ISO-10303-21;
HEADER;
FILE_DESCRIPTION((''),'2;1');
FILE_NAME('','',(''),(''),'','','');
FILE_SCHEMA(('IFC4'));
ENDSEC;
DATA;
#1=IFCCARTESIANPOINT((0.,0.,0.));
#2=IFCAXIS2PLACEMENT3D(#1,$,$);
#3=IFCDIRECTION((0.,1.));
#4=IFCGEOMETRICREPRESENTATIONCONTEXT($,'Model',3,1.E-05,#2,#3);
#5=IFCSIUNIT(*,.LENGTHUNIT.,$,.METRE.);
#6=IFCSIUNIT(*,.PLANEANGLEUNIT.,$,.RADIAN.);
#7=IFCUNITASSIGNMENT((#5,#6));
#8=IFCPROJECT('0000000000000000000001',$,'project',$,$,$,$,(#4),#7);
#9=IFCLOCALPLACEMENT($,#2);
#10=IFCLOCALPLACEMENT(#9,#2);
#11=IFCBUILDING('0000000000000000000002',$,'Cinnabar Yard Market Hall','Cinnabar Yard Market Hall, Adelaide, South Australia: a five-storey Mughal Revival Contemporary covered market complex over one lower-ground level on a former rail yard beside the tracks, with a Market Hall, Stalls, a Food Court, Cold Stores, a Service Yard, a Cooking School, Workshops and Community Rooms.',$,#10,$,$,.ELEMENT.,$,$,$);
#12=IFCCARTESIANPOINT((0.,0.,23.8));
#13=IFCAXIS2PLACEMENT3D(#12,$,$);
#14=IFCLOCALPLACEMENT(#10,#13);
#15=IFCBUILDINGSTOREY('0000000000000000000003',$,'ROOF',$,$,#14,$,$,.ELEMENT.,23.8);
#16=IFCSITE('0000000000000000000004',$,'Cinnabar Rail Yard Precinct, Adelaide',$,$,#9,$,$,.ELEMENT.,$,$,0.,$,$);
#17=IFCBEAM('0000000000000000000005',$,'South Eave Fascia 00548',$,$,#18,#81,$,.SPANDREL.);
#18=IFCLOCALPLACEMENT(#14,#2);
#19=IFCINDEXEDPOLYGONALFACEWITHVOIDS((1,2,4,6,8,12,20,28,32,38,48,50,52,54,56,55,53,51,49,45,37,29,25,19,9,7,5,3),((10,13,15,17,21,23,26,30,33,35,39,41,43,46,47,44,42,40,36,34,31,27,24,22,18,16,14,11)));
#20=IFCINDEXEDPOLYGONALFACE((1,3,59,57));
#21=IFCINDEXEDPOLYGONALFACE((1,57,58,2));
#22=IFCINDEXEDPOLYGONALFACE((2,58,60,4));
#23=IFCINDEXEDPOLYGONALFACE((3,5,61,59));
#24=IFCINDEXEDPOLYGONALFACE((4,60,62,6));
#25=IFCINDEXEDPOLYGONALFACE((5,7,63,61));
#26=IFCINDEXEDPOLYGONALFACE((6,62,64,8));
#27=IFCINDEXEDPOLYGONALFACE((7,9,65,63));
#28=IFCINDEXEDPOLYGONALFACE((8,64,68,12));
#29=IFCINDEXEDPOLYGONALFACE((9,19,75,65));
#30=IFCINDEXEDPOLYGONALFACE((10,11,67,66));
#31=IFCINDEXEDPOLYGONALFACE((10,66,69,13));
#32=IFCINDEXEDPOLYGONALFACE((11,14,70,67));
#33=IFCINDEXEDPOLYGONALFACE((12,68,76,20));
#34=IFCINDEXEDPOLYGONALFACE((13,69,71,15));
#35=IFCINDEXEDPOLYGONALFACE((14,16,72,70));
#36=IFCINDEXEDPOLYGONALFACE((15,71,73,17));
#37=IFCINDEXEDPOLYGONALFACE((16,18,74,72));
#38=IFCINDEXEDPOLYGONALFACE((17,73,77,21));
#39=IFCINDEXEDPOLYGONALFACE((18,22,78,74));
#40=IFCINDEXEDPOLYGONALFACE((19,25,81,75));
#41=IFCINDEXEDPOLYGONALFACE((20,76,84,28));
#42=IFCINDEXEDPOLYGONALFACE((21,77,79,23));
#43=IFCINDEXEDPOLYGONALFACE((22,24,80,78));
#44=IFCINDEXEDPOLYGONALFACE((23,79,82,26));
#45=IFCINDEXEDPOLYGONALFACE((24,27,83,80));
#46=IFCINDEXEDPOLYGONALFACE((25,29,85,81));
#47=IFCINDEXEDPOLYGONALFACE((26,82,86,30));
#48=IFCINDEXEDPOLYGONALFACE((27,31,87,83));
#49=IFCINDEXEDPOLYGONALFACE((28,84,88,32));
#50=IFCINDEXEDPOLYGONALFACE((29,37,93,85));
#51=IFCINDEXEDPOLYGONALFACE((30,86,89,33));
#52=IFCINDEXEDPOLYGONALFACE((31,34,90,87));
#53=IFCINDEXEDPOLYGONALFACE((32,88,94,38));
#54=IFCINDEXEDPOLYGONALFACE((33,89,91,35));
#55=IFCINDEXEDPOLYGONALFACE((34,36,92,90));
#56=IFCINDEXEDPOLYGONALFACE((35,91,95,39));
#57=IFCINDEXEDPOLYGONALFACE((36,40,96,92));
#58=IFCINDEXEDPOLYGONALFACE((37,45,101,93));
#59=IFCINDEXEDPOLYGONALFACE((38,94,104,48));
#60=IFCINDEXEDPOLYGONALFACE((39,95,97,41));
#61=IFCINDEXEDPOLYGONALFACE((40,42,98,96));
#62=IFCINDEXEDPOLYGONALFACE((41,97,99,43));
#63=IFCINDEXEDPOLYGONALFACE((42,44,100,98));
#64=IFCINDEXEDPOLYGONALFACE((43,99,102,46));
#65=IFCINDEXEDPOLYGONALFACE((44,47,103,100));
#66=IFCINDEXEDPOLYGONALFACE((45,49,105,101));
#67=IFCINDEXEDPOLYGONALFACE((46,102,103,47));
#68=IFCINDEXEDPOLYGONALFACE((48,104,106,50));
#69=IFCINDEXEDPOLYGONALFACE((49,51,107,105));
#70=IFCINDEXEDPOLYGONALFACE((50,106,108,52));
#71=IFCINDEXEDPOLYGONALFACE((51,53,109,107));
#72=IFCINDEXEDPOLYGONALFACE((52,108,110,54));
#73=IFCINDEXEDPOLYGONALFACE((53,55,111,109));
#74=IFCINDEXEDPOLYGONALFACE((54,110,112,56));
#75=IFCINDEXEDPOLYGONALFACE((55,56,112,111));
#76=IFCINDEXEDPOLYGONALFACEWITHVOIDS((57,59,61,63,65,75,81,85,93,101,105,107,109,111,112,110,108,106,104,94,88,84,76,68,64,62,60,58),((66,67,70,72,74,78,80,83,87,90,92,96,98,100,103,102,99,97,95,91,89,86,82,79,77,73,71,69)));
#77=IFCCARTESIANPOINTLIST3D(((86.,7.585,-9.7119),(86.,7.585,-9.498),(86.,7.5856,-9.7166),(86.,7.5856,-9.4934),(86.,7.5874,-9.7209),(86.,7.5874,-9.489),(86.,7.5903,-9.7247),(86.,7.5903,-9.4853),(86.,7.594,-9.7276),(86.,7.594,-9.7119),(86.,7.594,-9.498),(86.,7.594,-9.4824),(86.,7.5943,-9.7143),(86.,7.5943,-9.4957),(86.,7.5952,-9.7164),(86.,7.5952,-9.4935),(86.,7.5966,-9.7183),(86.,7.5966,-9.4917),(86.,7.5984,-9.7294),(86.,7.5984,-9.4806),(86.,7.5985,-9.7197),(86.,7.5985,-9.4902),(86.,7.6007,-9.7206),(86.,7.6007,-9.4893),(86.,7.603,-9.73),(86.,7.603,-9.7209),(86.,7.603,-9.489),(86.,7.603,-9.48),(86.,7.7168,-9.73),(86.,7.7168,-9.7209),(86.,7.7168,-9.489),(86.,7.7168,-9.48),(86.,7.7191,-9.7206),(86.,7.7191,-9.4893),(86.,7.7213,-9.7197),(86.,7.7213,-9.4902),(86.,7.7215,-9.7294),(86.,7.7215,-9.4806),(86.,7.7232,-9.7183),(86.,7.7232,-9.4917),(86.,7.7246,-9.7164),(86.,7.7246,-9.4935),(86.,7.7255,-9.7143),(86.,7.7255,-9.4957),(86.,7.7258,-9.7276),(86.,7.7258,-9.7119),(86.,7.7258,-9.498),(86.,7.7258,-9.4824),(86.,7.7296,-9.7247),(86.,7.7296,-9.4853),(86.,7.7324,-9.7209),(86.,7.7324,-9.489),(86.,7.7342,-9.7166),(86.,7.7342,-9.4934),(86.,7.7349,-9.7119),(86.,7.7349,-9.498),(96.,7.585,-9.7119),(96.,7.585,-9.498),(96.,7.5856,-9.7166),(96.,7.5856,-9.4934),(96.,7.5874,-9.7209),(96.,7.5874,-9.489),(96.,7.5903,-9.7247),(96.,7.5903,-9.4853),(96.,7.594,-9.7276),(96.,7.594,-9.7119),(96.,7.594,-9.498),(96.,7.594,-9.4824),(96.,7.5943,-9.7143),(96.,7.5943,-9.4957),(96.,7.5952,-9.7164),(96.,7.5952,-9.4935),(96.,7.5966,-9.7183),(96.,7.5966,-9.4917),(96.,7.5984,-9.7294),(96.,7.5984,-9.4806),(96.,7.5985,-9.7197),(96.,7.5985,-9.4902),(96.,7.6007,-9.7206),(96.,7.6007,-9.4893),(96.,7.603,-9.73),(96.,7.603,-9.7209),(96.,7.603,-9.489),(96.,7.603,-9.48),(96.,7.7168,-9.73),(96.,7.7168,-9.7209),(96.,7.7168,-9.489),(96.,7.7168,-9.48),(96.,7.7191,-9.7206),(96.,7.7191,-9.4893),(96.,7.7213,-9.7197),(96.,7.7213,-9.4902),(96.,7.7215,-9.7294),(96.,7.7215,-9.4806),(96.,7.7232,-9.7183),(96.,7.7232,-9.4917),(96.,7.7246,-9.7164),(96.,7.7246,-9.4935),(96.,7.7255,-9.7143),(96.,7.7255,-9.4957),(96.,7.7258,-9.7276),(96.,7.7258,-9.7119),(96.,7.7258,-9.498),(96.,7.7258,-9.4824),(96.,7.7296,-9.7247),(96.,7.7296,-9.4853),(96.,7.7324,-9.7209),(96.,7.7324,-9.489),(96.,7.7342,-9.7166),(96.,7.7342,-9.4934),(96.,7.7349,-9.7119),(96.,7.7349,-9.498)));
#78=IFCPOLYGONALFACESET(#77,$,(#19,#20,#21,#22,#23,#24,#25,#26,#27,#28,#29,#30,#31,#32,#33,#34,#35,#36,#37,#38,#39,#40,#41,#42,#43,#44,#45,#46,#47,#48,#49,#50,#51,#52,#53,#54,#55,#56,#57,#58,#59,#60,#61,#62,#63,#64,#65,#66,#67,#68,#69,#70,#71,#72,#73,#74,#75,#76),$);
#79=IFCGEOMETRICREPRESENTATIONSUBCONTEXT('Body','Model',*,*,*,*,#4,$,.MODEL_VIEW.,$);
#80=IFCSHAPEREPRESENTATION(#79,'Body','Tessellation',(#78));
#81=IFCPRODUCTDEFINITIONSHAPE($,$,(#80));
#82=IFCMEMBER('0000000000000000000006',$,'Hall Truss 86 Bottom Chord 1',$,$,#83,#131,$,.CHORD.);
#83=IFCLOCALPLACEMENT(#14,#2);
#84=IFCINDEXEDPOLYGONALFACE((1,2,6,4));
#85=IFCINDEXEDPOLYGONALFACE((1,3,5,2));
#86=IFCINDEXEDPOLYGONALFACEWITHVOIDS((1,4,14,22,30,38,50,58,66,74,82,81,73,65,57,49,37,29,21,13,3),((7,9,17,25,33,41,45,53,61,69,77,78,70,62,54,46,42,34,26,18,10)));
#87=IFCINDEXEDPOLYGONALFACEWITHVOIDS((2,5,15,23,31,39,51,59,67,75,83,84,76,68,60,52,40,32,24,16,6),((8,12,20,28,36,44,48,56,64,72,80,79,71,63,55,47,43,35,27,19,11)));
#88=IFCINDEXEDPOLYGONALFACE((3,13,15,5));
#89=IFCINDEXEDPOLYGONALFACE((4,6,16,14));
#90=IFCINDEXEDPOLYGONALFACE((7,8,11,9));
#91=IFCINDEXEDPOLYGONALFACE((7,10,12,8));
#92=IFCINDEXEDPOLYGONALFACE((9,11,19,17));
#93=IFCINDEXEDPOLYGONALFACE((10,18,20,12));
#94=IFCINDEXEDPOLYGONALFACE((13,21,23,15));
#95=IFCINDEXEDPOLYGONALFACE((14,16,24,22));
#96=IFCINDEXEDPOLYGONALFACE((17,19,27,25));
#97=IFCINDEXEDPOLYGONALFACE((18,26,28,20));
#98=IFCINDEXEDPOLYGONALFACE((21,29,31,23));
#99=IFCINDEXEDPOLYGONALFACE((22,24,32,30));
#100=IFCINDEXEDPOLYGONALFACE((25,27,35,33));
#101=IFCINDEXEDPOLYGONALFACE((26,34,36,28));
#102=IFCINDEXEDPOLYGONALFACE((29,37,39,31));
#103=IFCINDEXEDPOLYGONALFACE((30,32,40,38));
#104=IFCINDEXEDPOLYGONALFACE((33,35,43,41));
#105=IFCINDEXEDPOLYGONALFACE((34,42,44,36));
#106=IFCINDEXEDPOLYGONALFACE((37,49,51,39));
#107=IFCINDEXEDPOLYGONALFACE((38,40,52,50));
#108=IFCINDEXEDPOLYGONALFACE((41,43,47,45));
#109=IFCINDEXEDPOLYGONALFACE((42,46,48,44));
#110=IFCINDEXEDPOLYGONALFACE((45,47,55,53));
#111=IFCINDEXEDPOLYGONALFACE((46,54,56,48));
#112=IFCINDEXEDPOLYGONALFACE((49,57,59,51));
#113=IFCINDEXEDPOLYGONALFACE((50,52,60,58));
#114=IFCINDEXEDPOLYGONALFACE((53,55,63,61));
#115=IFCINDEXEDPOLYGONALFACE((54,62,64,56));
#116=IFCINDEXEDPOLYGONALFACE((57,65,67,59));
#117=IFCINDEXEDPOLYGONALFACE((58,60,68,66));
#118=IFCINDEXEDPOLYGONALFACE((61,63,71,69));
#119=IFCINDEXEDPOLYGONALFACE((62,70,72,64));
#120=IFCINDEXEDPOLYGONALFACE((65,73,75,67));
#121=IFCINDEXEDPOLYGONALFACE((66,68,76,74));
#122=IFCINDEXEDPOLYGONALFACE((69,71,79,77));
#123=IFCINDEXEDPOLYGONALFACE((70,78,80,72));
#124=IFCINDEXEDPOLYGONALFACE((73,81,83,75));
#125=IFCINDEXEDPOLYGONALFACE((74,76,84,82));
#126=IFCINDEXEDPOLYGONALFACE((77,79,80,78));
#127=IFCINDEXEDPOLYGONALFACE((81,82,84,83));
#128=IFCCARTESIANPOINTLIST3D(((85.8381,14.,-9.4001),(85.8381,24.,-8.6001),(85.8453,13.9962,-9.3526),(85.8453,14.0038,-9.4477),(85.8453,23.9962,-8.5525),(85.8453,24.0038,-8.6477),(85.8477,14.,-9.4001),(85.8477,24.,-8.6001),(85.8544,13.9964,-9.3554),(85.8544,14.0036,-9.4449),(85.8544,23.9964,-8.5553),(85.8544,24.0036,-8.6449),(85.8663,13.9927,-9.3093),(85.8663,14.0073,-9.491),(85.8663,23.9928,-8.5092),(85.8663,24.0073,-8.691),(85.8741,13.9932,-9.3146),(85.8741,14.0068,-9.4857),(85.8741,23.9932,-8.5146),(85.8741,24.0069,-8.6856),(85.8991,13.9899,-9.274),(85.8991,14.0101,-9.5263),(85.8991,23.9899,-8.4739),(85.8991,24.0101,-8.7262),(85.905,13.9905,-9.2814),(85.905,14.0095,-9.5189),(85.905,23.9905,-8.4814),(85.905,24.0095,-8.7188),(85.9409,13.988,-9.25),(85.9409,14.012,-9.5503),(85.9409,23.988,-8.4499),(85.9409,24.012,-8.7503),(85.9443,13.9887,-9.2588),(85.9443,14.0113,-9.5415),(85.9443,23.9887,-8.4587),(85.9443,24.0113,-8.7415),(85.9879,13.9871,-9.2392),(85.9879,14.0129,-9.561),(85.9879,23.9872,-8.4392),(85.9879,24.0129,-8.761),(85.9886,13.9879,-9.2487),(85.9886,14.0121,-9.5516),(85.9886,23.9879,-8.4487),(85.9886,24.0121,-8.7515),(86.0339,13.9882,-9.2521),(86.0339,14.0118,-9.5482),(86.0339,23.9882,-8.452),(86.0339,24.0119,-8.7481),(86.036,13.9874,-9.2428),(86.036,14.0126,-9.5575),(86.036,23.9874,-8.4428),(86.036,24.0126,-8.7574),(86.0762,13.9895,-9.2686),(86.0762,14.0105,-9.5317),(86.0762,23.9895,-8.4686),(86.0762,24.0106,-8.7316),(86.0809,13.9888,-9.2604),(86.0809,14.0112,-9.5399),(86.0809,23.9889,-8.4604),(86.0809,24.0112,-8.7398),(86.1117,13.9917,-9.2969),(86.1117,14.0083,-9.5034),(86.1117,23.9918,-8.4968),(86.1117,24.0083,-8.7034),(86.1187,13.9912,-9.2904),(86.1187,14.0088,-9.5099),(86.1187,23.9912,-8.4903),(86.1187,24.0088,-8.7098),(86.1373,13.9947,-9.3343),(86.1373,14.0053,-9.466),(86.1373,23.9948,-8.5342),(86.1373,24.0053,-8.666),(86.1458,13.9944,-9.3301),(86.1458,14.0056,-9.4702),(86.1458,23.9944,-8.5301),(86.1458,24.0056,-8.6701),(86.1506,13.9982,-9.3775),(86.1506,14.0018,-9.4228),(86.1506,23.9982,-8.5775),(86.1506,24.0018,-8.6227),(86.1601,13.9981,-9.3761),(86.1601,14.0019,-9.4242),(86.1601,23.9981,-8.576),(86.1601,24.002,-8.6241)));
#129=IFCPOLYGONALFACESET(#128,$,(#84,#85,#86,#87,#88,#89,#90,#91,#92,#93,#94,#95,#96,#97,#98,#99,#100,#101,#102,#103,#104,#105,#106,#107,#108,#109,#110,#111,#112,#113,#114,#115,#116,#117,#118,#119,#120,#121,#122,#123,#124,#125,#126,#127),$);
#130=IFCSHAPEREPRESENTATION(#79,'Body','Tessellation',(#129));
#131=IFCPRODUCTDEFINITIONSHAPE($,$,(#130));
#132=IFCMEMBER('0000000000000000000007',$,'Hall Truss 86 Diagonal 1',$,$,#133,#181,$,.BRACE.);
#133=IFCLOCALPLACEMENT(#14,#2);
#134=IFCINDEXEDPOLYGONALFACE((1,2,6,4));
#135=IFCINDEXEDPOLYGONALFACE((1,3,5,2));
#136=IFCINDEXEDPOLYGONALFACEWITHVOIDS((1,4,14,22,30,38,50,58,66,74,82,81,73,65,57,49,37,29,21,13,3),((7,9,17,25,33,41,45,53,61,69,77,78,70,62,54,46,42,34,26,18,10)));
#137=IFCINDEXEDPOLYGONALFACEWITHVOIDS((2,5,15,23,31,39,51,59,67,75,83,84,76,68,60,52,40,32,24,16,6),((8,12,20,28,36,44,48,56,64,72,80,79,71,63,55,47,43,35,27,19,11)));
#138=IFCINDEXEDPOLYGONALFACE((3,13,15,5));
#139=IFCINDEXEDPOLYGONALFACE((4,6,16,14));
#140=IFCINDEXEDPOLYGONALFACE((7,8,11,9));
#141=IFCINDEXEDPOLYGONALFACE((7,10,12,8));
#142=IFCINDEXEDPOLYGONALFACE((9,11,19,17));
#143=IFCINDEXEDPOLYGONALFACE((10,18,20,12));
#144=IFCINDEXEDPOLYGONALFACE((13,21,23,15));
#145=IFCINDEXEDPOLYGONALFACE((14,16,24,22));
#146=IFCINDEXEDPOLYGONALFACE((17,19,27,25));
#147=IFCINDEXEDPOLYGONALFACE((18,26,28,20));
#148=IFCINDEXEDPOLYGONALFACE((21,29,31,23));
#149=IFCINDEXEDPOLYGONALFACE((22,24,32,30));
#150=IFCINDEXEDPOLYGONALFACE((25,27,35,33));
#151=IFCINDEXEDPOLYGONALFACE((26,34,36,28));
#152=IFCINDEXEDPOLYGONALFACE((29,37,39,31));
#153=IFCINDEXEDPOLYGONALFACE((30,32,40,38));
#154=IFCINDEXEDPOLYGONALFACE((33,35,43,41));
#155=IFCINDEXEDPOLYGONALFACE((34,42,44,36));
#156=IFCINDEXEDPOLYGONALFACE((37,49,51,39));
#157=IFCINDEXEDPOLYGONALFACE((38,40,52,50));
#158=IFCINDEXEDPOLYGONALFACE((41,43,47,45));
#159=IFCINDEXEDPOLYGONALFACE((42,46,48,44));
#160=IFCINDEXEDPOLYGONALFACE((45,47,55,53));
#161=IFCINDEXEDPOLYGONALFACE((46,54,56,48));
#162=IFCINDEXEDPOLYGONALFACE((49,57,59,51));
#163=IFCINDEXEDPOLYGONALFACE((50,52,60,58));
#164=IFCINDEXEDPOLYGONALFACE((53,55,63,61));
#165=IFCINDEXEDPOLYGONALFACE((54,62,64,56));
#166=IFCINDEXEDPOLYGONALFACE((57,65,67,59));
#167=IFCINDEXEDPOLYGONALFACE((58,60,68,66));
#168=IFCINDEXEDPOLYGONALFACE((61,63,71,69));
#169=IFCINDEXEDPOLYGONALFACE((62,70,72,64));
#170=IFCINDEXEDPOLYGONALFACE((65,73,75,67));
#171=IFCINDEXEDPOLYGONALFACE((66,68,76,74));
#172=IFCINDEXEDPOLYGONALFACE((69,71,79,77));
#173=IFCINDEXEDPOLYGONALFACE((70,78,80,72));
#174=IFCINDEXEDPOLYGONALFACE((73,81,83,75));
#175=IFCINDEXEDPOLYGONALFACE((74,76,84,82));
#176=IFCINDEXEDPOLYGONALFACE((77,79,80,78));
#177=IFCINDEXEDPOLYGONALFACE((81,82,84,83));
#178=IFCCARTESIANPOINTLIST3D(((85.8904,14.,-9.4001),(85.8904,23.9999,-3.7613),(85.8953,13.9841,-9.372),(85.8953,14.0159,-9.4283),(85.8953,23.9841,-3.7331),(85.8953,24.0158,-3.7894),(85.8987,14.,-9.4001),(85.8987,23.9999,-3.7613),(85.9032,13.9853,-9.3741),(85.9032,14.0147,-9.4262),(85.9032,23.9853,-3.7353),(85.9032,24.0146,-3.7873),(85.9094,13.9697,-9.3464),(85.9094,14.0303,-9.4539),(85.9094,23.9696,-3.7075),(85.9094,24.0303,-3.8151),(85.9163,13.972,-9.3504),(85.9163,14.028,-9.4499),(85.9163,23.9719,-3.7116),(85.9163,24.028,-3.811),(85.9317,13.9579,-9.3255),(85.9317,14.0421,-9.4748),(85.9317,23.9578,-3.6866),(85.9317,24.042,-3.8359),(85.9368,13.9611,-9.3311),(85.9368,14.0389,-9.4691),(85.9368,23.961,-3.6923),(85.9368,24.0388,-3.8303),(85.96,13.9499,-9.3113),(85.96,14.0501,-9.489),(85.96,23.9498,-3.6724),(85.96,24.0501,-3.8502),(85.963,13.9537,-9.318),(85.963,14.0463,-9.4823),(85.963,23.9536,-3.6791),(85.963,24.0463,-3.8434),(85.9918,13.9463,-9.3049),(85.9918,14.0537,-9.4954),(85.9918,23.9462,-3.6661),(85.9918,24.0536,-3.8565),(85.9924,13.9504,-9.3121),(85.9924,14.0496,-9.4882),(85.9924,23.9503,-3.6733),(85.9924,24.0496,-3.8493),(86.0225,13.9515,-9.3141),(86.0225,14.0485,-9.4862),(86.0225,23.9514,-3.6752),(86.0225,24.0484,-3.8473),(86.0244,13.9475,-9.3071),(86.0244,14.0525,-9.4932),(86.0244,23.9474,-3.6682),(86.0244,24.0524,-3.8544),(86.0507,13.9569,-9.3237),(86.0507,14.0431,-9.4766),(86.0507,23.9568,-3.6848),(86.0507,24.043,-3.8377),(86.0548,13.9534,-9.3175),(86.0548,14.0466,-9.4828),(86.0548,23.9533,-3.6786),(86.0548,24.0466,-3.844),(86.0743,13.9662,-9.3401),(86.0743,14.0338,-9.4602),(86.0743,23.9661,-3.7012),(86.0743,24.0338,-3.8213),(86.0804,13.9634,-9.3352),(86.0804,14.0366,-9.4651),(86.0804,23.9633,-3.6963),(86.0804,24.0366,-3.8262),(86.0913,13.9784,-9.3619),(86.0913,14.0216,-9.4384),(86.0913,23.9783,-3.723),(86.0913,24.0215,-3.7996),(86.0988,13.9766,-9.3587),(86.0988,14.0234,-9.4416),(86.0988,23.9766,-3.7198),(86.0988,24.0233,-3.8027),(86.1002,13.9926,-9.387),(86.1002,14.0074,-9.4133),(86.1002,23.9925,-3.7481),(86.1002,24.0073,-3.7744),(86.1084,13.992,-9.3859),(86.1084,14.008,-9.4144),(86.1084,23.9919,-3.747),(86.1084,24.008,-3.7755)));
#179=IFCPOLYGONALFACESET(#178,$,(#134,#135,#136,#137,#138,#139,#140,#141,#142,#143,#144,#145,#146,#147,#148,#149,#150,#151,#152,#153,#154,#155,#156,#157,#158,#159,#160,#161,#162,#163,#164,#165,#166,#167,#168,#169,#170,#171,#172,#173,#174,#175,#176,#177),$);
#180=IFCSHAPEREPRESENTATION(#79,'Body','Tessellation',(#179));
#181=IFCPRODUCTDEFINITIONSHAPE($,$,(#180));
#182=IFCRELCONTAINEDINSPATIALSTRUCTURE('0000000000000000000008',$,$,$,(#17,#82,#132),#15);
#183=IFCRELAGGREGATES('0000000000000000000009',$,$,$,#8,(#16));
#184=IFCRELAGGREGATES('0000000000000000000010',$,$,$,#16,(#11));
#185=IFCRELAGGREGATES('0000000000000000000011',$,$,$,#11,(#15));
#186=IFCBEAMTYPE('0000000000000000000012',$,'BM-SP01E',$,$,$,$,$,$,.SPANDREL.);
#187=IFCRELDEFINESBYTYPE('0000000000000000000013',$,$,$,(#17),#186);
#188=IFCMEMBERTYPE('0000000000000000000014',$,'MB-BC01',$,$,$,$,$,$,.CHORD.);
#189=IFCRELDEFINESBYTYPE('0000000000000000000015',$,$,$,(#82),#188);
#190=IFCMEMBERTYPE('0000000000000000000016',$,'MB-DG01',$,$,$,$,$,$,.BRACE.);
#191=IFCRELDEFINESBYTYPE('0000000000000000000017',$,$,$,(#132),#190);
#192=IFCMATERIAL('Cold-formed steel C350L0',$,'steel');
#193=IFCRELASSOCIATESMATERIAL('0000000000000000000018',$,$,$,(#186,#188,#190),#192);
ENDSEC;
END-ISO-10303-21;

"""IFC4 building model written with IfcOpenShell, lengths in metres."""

from ifc_helpers import new_model, si_unit, direction, frame, origin, origin_2d_with_axis, place, context, subcontext, project, spatial, hollow_rectangle, hollow_circle, extrude, material, material_profile, profile_set, type_object, element, save


model = new_model("IFC4")

# Units and contexts
model_context = context("Model", 3, precision=1e-05, world=origin(), true_north=direction((0.0, 1.0)))
body_context = subcontext(model_context, "Body", "Model", "MODEL_VIEW")
ifc_project = project(units=[si_unit("LENGTHUNIT", "METRE"), si_unit("PLANEANGLEUNIT", "RADIAN")], contexts=[model_context])

# Site, building, storey
site_placement = place(None, origin())
site = spatial("IfcSite", under=ifc_project, at=site_placement, Name="Cinnabar Rail Yard Precinct, Adelaide", CompositionType="ELEMENT", RefElevation=0.0)
building_placement = place(site_placement, origin())
building = spatial("IfcBuilding", under=site, at=building_placement, Name="Cinnabar Yard Market Hall", Description="Cinnabar Yard Market Hall, Adelaide, South Australia: a five-storey Mughal Revival Contemporary covered market complex over one lower-ground level on a former rail yard beside the tracks, with a Market Hall, Stalls, a Food Court, Cold Stores, a Service Yard, a Cooking School, Workshops and Community Rooms.", CompositionType="ELEMENT")
storey_placement = place(building_placement, frame((0.0, 0.0, 23.8)))
storey = spatial("IfcBuildingStorey", under=building, at=storey_placement, Name="ROOF", CompositionType="ELEMENT", Elevation=23.8)

# Beam
ifc_material_1 = material(Name="Cold-formed steel C350L0", Category="steel")
ifc_material_profile_1 = material_profile(ifc_material_1, hollow_rectangle(XDim=0.1499, YDim=0.25, WallThickness=0.009, InnerFilletRadius=0.009, OuterFilletRadius=0.0181, at=origin_2d_with_axis()), Name="250x150x9.0RHS")
ifc_profile_set_1 = profile_set([ifc_material_profile_1], Name="Cold-formed steel C350L0")
beam_type_1 = type_object("IfcBeamType", Name="BM-SP01E", PredefinedType="SPANDREL", material=ifc_profile_set_1)
beam_1_placement = place(storey_placement, frame((86.0, 7.6599, -9.605), z_axis=(1.0, 0.0, 0.0), x_axis=(0.0, 1.0, 0.0)))
element("IfcBeam", 1, at=beam_1_placement, inside=storey, type_object=beam_type_1, Name="South Eave Fascia 00548", PredefinedType="SPANDREL", context=body_context, shape_type="SweptSolid", body=[
    extrude(hollow_rectangle(XDim=0.1499, YDim=0.25, WallThickness=0.009, InnerFilletRadius=0.009, OuterFilletRadius=0.0181, at=origin_2d_with_axis()), origin(), (0.0, 0.0, 1.0), 10.0),
])

# Members
ifc_material_profile_2 = material_profile(ifc_material_1, hollow_circle(Radius=0.1619, WallThickness=0.0095, at=origin_2d_with_axis()), Name="323.9x9.5CHS")
ifc_profile_set_2 = profile_set([ifc_material_profile_2], Name="Cold-formed steel C350L0")
member_type_1 = type_object("IfcMemberType", Name="MB-BC01", PredefinedType="CHORD", material=ifc_profile_set_2)
member_1_placement = place(storey_placement, frame((86.0, 14.0, -9.4001), z_axis=(0.0, 0.996815, 0.07975), x_axis=(-1.0, 0.0, 0.0)))
element("IfcMember", 2, at=member_1_placement, inside=storey, type_object=member_type_1, Name="Hall Truss 86 Bottom Chord 1", PredefinedType="CHORD", context=body_context, shape_type="SweptSolid", body=[
    extrude(hollow_circle(Radius=0.1619, WallThickness=0.0095, at=origin_2d_with_axis()), origin(), (0.0, 0.0, 1.0), 10.032),
])
ifc_material_profile_3 = material_profile(ifc_material_1, hollow_circle(Radius=0.1096, WallThickness=0.0083, at=origin_2d_with_axis()), Name="219.1x8.2CHS")
ifc_profile_set_3 = profile_set([ifc_material_profile_3], Name="Cold-formed steel C350L0")
member_type_2 = type_object("IfcMemberType", Name="MB-DG01", PredefinedType="BRACE", material=ifc_profile_set_3)
member_2_placement = place(storey_placement, frame((86.0, 14.0, -9.4001), z_axis=(0.0, 0.871057, 0.491182), x_axis=(-1.0, 0.0, 0.0)))
element("IfcMember", 3, at=member_2_placement, inside=storey, type_object=member_type_2, Name="Hall Truss 86 Diagonal 1", PredefinedType="BRACE", context=body_context, shape_type="SweptSolid", body=[
    extrude(hollow_circle(Radius=0.1096, WallThickness=0.0083, at=origin_2d_with_axis()), origin(), (0.0, 0.0, 1.0), 11.4802),
])

save(model, "model.ifc")
